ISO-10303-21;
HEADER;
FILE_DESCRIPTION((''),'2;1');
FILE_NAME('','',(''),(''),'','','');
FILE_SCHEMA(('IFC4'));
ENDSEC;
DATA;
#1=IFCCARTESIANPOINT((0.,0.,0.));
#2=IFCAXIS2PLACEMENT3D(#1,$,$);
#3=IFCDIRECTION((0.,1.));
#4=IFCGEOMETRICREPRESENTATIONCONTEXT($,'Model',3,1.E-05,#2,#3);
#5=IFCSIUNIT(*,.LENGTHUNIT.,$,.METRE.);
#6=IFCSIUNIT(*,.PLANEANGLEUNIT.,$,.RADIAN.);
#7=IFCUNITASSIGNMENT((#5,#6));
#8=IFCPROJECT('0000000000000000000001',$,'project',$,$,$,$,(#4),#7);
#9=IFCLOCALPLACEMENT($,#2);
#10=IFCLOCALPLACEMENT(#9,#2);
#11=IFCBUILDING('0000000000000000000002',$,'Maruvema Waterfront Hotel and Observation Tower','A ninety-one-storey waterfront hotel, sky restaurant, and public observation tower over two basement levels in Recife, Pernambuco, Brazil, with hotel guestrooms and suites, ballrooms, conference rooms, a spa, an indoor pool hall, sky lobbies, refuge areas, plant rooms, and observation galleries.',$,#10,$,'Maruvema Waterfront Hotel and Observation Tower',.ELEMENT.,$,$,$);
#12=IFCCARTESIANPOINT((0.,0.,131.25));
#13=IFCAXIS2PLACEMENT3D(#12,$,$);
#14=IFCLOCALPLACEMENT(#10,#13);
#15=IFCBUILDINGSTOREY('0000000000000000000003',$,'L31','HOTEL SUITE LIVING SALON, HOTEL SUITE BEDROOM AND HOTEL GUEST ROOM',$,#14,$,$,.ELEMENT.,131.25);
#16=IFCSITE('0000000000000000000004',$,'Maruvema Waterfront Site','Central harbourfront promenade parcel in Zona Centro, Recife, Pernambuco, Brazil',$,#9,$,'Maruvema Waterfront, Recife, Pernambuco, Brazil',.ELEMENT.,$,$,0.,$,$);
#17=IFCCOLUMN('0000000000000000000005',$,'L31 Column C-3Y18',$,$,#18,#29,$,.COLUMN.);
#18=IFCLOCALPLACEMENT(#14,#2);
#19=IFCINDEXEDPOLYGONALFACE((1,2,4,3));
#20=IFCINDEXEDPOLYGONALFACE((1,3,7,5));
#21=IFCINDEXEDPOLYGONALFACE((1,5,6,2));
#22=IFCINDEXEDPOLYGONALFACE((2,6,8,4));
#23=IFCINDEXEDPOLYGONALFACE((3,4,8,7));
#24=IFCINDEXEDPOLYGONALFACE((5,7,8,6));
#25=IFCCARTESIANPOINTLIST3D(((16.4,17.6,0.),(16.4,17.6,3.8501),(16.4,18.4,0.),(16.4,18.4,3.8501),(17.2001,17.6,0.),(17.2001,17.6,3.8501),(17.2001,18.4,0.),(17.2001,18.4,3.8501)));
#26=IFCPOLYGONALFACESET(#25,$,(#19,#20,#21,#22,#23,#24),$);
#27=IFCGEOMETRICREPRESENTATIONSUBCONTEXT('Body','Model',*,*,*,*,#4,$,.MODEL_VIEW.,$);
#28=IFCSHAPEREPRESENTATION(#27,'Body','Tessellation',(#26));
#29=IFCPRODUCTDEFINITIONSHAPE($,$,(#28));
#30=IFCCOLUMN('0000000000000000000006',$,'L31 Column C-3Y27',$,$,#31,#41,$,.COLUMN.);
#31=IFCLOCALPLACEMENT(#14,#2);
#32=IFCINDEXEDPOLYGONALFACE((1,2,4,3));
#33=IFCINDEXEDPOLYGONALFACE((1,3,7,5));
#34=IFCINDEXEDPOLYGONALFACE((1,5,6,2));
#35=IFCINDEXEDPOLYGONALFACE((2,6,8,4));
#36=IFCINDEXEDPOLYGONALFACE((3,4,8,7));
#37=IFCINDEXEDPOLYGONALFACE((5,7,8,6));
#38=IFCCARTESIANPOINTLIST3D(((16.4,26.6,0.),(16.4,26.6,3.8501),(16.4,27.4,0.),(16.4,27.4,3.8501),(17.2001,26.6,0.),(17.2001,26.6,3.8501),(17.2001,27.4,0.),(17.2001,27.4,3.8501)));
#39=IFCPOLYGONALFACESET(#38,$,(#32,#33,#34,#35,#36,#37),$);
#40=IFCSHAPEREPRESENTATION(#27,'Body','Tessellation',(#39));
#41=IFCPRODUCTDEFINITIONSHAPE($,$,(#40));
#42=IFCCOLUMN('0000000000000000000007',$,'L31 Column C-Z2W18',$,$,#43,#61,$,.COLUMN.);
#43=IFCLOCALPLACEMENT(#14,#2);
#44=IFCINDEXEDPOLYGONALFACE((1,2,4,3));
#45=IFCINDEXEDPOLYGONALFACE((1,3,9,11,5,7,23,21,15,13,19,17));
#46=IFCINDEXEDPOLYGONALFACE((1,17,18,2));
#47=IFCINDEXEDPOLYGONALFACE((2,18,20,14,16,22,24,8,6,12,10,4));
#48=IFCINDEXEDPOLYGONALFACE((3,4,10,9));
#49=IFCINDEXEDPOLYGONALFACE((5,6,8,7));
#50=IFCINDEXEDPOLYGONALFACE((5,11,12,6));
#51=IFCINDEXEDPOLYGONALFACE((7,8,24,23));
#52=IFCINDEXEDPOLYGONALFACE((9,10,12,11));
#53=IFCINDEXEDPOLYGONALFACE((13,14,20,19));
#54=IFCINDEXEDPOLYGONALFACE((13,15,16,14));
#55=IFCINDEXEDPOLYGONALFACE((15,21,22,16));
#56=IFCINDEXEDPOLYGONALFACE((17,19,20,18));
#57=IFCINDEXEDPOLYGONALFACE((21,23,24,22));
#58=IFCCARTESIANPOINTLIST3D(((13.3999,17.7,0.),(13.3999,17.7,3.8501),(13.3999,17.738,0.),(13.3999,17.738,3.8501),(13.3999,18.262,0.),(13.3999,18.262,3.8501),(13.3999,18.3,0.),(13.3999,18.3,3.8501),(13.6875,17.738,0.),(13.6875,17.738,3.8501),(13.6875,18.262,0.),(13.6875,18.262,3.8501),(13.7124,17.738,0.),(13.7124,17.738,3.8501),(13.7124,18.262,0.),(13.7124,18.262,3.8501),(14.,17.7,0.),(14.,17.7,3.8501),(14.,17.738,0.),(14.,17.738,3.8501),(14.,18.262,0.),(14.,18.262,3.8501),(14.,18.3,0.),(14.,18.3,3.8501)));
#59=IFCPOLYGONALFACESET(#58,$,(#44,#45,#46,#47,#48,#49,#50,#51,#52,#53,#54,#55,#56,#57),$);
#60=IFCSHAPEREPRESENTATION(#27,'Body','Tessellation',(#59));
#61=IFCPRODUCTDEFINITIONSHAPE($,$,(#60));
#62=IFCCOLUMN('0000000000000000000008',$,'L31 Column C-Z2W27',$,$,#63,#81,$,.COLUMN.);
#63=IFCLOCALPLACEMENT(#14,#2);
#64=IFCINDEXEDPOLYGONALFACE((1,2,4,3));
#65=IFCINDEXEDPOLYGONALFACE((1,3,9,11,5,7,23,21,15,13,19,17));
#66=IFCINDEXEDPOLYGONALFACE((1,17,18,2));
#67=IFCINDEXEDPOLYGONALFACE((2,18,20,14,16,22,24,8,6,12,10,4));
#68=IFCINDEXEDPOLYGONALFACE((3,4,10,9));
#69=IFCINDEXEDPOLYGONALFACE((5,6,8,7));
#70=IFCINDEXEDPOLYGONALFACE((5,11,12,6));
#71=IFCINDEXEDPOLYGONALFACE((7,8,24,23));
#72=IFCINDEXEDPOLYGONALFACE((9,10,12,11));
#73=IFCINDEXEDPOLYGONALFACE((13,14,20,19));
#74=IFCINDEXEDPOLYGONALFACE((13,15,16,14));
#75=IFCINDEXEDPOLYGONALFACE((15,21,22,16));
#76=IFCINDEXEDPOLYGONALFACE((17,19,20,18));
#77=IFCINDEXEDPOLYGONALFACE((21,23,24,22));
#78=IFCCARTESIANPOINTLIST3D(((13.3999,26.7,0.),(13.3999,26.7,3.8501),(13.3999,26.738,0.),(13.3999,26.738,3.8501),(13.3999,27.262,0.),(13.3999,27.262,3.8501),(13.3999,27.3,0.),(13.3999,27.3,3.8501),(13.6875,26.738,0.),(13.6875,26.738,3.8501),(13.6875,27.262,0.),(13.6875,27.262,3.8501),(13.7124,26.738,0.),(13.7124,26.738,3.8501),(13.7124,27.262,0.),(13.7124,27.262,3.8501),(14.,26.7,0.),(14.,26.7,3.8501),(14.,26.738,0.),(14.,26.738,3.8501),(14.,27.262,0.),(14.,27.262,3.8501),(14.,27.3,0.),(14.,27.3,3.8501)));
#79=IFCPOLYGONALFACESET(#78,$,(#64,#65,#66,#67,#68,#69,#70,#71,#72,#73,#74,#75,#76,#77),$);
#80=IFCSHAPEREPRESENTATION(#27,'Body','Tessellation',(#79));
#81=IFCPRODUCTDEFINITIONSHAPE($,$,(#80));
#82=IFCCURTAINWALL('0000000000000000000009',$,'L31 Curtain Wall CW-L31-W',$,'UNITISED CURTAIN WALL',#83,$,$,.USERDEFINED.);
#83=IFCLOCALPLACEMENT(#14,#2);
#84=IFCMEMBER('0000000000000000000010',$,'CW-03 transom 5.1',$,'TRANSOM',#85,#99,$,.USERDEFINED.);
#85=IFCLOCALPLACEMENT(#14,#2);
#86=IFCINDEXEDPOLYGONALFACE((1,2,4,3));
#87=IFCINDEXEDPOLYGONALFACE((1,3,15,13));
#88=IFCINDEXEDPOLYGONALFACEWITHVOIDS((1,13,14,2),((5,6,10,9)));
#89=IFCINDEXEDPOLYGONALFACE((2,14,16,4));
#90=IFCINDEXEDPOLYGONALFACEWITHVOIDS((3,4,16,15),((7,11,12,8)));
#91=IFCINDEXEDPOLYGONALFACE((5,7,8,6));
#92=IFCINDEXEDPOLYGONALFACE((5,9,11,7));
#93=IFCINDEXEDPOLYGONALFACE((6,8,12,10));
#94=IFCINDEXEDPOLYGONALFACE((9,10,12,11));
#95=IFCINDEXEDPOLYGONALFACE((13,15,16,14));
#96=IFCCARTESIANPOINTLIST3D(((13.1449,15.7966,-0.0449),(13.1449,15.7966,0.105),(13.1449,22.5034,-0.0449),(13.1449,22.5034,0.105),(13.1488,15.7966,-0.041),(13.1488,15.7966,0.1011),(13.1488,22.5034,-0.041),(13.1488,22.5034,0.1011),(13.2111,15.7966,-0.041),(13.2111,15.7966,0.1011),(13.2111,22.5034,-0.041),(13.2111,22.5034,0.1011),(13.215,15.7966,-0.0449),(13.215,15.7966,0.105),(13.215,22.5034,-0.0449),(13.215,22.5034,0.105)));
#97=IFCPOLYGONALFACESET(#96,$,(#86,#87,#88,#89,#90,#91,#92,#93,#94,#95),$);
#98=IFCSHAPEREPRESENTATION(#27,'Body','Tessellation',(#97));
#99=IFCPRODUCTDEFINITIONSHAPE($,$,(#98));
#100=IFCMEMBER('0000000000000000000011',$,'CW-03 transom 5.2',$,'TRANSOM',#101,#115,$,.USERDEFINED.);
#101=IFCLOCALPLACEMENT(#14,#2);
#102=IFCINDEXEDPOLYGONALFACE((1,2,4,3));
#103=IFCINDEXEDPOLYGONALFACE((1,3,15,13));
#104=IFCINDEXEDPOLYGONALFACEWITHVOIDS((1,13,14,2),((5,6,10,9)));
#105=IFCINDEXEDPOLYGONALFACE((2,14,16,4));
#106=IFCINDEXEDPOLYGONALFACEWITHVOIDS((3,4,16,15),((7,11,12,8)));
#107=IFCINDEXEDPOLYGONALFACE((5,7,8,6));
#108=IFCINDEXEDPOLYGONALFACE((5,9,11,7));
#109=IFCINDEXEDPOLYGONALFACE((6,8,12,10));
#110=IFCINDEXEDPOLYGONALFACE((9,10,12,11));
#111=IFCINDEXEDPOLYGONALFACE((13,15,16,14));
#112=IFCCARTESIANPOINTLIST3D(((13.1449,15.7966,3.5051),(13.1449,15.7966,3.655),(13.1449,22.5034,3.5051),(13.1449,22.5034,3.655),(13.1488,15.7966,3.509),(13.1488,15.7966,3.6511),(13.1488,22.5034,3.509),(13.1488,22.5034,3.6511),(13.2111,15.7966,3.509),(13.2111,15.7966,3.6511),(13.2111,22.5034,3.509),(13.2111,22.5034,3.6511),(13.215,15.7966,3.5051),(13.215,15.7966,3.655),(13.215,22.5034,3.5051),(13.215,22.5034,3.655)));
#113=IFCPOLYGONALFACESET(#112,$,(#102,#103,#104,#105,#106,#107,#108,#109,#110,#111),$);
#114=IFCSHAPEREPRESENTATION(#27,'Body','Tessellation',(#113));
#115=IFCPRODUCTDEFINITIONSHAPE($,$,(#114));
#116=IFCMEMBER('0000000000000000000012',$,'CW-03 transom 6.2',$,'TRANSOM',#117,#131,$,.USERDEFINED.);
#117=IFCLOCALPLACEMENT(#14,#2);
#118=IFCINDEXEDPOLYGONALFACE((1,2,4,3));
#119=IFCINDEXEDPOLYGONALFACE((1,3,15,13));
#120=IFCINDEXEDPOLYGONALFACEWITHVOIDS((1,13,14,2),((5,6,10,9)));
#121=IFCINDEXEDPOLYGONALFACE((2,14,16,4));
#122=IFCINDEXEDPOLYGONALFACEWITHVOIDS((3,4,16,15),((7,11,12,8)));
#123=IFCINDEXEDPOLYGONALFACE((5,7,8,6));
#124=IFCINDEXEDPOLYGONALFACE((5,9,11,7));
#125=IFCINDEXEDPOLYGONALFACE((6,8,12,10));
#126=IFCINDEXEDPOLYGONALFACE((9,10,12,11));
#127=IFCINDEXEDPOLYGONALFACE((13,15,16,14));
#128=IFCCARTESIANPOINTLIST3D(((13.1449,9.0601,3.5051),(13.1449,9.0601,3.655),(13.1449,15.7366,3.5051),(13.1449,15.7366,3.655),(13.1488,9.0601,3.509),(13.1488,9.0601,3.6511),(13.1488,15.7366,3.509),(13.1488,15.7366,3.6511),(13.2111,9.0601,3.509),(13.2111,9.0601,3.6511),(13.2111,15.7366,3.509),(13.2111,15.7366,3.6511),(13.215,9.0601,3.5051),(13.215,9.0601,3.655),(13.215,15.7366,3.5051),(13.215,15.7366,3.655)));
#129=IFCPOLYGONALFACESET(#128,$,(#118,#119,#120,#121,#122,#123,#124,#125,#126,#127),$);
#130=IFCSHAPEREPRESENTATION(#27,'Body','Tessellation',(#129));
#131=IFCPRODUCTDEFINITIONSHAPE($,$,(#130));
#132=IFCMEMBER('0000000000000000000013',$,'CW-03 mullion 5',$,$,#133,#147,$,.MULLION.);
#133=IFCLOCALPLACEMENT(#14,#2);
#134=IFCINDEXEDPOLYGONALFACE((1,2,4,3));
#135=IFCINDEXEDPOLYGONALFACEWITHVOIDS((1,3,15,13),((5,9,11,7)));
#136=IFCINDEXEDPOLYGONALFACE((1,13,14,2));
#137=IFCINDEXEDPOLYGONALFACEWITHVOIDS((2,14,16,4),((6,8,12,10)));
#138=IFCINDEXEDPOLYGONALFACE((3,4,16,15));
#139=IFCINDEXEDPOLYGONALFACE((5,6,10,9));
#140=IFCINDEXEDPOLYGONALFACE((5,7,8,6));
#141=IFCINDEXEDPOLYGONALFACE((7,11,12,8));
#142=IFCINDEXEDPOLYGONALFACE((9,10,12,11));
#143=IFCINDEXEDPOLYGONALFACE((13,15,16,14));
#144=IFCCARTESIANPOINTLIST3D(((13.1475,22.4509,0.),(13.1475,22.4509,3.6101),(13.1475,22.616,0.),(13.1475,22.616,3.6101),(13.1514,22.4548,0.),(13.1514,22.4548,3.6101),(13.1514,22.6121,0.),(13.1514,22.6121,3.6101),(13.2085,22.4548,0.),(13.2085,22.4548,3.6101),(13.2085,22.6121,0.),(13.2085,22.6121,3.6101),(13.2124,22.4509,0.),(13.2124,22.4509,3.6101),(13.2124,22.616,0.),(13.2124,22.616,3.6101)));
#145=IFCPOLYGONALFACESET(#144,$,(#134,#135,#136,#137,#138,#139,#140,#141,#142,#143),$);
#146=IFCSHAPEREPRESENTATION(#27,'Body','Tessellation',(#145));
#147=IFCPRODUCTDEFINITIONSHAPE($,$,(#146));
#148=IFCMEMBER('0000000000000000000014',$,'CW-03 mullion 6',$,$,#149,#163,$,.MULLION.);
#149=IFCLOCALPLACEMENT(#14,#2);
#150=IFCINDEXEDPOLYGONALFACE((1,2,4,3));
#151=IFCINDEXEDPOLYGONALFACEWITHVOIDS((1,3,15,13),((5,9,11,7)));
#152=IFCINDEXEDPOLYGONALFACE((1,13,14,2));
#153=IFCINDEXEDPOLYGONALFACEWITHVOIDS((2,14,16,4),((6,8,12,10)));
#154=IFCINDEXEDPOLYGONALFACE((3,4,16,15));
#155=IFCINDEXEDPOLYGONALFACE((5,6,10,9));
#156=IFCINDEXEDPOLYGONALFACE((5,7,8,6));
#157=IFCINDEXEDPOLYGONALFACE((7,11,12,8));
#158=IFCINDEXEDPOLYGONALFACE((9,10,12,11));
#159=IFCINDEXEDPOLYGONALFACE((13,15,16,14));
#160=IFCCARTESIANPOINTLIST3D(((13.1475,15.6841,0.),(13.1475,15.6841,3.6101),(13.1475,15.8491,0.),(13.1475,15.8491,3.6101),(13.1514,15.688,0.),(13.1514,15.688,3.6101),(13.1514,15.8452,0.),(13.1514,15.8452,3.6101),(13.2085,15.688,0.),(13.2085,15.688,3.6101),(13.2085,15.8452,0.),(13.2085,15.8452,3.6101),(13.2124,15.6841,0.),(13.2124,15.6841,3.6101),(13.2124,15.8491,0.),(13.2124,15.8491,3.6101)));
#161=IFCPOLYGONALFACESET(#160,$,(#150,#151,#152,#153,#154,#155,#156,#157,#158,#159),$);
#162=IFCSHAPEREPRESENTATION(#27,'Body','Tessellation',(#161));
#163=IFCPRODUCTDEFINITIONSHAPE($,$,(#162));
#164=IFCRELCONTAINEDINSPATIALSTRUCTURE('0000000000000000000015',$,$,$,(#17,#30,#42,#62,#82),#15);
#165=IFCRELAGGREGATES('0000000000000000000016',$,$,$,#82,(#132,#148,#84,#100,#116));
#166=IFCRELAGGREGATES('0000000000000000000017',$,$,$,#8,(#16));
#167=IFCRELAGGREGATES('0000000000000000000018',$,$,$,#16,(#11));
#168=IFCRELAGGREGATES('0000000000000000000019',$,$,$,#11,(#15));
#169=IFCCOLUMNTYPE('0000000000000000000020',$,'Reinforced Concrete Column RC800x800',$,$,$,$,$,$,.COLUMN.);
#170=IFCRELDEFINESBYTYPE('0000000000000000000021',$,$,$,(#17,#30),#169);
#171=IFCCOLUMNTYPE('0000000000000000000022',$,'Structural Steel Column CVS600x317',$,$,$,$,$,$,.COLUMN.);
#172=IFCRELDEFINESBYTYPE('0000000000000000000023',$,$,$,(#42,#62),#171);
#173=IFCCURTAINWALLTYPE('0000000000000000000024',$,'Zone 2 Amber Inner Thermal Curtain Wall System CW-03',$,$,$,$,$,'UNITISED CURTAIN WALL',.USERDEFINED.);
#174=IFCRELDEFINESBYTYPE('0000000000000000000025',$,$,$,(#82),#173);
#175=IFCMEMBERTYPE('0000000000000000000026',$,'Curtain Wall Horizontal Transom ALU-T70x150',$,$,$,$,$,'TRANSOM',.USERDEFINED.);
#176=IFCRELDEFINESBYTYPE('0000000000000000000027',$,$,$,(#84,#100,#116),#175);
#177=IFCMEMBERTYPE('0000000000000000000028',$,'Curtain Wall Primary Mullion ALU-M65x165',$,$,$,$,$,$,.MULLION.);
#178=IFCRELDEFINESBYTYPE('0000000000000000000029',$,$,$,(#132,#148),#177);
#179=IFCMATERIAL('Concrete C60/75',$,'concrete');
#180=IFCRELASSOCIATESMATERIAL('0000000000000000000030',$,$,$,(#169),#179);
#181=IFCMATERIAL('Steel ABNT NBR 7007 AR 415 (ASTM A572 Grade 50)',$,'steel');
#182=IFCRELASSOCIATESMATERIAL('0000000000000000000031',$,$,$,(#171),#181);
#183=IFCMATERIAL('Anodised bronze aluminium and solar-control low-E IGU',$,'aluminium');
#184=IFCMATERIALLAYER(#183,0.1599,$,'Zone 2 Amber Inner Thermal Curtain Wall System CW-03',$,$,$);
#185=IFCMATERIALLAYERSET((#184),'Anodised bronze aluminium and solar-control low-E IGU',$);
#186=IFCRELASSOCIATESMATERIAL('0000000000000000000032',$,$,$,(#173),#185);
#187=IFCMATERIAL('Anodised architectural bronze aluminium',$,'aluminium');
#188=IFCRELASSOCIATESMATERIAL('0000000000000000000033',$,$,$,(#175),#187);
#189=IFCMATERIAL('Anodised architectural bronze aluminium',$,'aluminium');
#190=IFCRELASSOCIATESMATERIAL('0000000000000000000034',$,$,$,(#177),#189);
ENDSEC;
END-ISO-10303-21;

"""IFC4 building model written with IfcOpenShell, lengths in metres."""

from ifc_helpers import new_model, si_unit, direction, frame, origin, origin_2d, place, context, subcontext, project, spatial, rectangle, hollow_rectangle, i_section, extrude, material, layer, layer_set, material_profile, profile_set, type_object, element, aggregate, save


model = new_model("IFC4")

# Units and contexts
model_context = context("Model", 3, precision=1e-05, world=origin(), true_north=direction((0.0, 1.0)))
body_context = subcontext(model_context, "Body", "Model", "MODEL_VIEW")
ifc_project = project(units=[si_unit("LENGTHUNIT", "METRE"), si_unit("PLANEANGLEUNIT", "RADIAN")], contexts=[model_context])

# Site, building, storey
site_placement = place(None, origin())
site = spatial("IfcSite", under=ifc_project, at=site_placement, Name="Maruvema Waterfront Site", Description="Central harbourfront promenade parcel in Zona Centro, Recife, Pernambuco, Brazil", LongName="Maruvema Waterfront, Recife, Pernambuco, Brazil", CompositionType="ELEMENT", RefElevation=0.0)
building_placement = place(site_placement, origin())
building = spatial("IfcBuilding", under=site, at=building_placement, Name="Maruvema Waterfront Hotel and Observation Tower", Description="A ninety-one-storey waterfront hotel, sky restaurant, and public observation tower over two basement levels in Recife, Pernambuco, Brazil, with hotel guestrooms and suites, ballrooms, conference rooms, a spa, an indoor pool hall, sky lobbies, refuge areas, plant rooms, and observation galleries.", LongName="Maruvema Waterfront Hotel and Observation Tower", CompositionType="ELEMENT")
storey_placement = place(building_placement, frame((0.0, 0.0, 131.25)))
storey = spatial("IfcBuildingStorey", under=building, at=storey_placement, Name="L31", Description="HOTEL SUITE LIVING SALON, HOTEL SUITE BEDROOM AND HOTEL GUEST ROOM", CompositionType="ELEMENT", Elevation=131.25)

# Columns
ifc_material_1 = material(Name="Concrete C60/75", Category="concrete")
ifc_material_profile_1 = material_profile(ifc_material_1, rectangle(XDim=0.8, YDim=0.8, at=origin_2d()), Name="RC800x800")
ifc_profile_set_1 = profile_set([ifc_material_profile_1], Name="Concrete C60/75")
column_type_1 = type_object("IfcColumnType", Name="Reinforced Concrete Column RC800x800", PredefinedType="COLUMN", material=ifc_profile_set_1)
for number, where, z_axis, x_axis, name in (
    (1, (16.8, 18.0, 0.0), (0.0, 0.0, 1.0), (1.0, 0.0, 0.0), "L31 Column C-3Y18"),
    (2, (16.8, 27.0, 0.0), (0.0, 0.0, 1.0), (1.0, 0.0, 0.0), "L31 Column C-3Y27"),
):
    element("IfcColumn", number, at=place(storey_placement, frame(where, z_axis=z_axis, x_axis=x_axis)), inside=storey, type_object=column_type_1, Name=name, PredefinedType="COLUMN", context=body_context, shape_type="SweptSolid", body=[
        extrude(rectangle(XDim=0.8, YDim=0.8, at=origin_2d()), origin(), (0.0, 0.0, 1.0), 3.8501),
    ])
ifc_material_2 = material(Name="Steel ABNT NBR 7007 AR 415 (ASTM A572 Grade 50)", Category="steel")
ifc_material_profile_2 = material_profile(ifc_material_2, i_section(OverallWidth=0.6001, OverallDepth=0.6001, WebThickness=0.0249, FlangeThickness=0.0381, at=origin_2d()), Name="CVS600x317")
ifc_profile_set_2 = profile_set([ifc_material_profile_2], Name="Steel ABNT NBR 7007 AR 415 (ASTM A572 Grade 50)")
column_type_2 = type_object("IfcColumnType", Name="Structural Steel Column CVS600x317", PredefinedType="COLUMN", material=ifc_profile_set_2)
for number, where, z_axis, x_axis, name in (
    (3, (13.7, 18.0, 0.0), (0.0, 0.0, 1.0), (1.0, 0.0, 0.0), "L31 Column C-Z2W18"),
    (4, (13.7, 27.0, 0.0), (0.0, 0.0, 1.0), (1.0, 0.0, 0.0), "L31 Column C-Z2W27"),
):
    element("IfcColumn", number, at=place(storey_placement, frame(where, z_axis=z_axis, x_axis=x_axis)), inside=storey, type_object=column_type_2, Name=name, PredefinedType="COLUMN", context=body_context, shape_type="SweptSolid", body=[
        extrude(i_section(OverallWidth=0.6001, OverallDepth=0.6001, WebThickness=0.0249, FlangeThickness=0.0381, at=origin_2d()), origin(), (0.0, 0.0, 1.0), 3.8501),
    ])

# Curtain wall, members
ifc_material_3 = material(Name="Anodised bronze aluminium and solar-control low-E IGU", Category="aluminium")
ifc_layer_1 = layer(ifc_material_3, 0.1599, Name="Zone 2 Amber Inner Thermal Curtain Wall System CW-03")
ifc_layer_set_1 = layer_set([ifc_layer_1], Name="Anodised bronze aluminium and solar-control low-E IGU")
curtain_wall_type = type_object("IfcCurtainWallType", Name="Zone 2 Amber Inner Thermal Curtain Wall System CW-03", ElementType="UNITISED CURTAIN WALL", PredefinedType="USERDEFINED", material=ifc_layer_set_1)
curtain_wall_placement = place(storey_placement, origin())
curtain_wall = element("IfcCurtainWall", 5, at=curtain_wall_placement, inside=storey, type_object=curtain_wall_type, Name="L31 Curtain Wall CW-L31-W", ObjectType="UNITISED CURTAIN WALL", PredefinedType="USERDEFINED")
ifc_material_4 = material(Name="Anodised architectural bronze aluminium", Category="aluminium")
ifc_material_profile_3 = material_profile(ifc_material_4, hollow_rectangle(XDim=0.0701, YDim=0.1499, WallThickness=0.0039, at=origin_2d()), Name="ALU-T70x150")
ifc_profile_set_3 = profile_set([ifc_material_profile_3], Name="Anodised architectural bronze aluminium")
member_type_1 = type_object("IfcMemberType", Name="Curtain Wall Horizontal Transom ALU-T70x150", ElementType="TRANSOM", PredefinedType="USERDEFINED", material=ifc_profile_set_3)
member_1_placement = place(storey_placement, frame((13.1799, 22.5034, 0.03), z_axis=(0.0, -1.0, 0.0), x_axis=(1.0, 0.0, 0.0)))
member_1 = element("IfcMember", 6, at=member_1_placement, type_object=member_type_1, Name="CW-03 transom 5.1", ObjectType="TRANSOM", PredefinedType="USERDEFINED", context=body_context, shape_type="SweptSolid", body=[
    extrude(hollow_rectangle(XDim=0.0701, YDim=0.1499, WallThickness=0.0039, at=origin_2d()), origin(), (0.0, 0.0, 1.0), 6.7068),
])
member_2_placement = place(storey_placement, frame((13.1799, 22.5034, 3.5801), z_axis=(0.0, -1.0, 0.0), x_axis=(1.0, 0.0, 0.0)))
member_2 = element("IfcMember", 7, at=member_2_placement, type_object=member_type_1, Name="CW-03 transom 5.2", ObjectType="TRANSOM", PredefinedType="USERDEFINED", context=body_context, shape_type="SweptSolid", body=[
    extrude(hollow_rectangle(XDim=0.0701, YDim=0.1499, WallThickness=0.0039, at=origin_2d()), origin(), (0.0, 0.0, 1.0), 6.7068),
])
member_3_placement = place(storey_placement, frame((13.1799, 15.7366, 3.5801), z_axis=(0.0, -1.0, 0.0), x_axis=(1.0, 0.0, 0.0)))
member_3 = element("IfcMember", 8, at=member_3_placement, type_object=member_type_1, Name="CW-03 transom 6.2", ObjectType="TRANSOM", PredefinedType="USERDEFINED", context=body_context, shape_type="SweptSolid", body=[
    extrude(hollow_rectangle(XDim=0.0701, YDim=0.1499, WallThickness=0.0039, at=origin_2d()), origin(), (0.0, 0.0, 1.0), 6.6765),
])
ifc_material_5 = material(Name="Anodised architectural bronze aluminium", Category="aluminium")
ifc_material_profile_4 = material_profile(ifc_material_5, hollow_rectangle(XDim=0.0649, YDim=0.165, WallThickness=0.0039, at=origin_2d()), Name="ALU-M65x165")
ifc_profile_set_4 = profile_set([ifc_material_profile_4], Name="Anodised architectural bronze aluminium")
member_type_2 = type_object("IfcMemberType", Name="Curtain Wall Primary Mullion ALU-M65x165", PredefinedType="MULLION", material=ifc_profile_set_4)
member_4_placement = place(storey_placement, frame((13.1799, 22.5334, 0.0), z_axis=(0.0, 0.0, 1.0), x_axis=(1.0, 0.0, 0.0)))
member_4 = element("IfcMember", 9, at=member_4_placement, type_object=member_type_2, Name="CW-03 mullion 5", PredefinedType="MULLION", context=body_context, shape_type="SweptSolid", body=[
    extrude(hollow_rectangle(XDim=0.0649, YDim=0.165, WallThickness=0.0039, at=origin_2d()), origin(), (0.0, 0.0, 1.0), 3.6101),
])
member_5_placement = place(storey_placement, frame((13.1799, 15.7666, 0.0), z_axis=(0.0, 0.0, 1.0), x_axis=(1.0, 0.0, 0.0)))
member_5 = element("IfcMember", 10, at=member_5_placement, type_object=member_type_2, Name="CW-03 mullion 6", PredefinedType="MULLION", context=body_context, shape_type="SweptSolid", body=[
    extrude(hollow_rectangle(XDim=0.0649, YDim=0.165, WallThickness=0.0039, at=origin_2d()), origin(), (0.0, 0.0, 1.0), 3.6101),
])

aggregate(curtain_wall, [member_4, member_5, member_1, member_2, member_3])

save(model, "model.ifc")
